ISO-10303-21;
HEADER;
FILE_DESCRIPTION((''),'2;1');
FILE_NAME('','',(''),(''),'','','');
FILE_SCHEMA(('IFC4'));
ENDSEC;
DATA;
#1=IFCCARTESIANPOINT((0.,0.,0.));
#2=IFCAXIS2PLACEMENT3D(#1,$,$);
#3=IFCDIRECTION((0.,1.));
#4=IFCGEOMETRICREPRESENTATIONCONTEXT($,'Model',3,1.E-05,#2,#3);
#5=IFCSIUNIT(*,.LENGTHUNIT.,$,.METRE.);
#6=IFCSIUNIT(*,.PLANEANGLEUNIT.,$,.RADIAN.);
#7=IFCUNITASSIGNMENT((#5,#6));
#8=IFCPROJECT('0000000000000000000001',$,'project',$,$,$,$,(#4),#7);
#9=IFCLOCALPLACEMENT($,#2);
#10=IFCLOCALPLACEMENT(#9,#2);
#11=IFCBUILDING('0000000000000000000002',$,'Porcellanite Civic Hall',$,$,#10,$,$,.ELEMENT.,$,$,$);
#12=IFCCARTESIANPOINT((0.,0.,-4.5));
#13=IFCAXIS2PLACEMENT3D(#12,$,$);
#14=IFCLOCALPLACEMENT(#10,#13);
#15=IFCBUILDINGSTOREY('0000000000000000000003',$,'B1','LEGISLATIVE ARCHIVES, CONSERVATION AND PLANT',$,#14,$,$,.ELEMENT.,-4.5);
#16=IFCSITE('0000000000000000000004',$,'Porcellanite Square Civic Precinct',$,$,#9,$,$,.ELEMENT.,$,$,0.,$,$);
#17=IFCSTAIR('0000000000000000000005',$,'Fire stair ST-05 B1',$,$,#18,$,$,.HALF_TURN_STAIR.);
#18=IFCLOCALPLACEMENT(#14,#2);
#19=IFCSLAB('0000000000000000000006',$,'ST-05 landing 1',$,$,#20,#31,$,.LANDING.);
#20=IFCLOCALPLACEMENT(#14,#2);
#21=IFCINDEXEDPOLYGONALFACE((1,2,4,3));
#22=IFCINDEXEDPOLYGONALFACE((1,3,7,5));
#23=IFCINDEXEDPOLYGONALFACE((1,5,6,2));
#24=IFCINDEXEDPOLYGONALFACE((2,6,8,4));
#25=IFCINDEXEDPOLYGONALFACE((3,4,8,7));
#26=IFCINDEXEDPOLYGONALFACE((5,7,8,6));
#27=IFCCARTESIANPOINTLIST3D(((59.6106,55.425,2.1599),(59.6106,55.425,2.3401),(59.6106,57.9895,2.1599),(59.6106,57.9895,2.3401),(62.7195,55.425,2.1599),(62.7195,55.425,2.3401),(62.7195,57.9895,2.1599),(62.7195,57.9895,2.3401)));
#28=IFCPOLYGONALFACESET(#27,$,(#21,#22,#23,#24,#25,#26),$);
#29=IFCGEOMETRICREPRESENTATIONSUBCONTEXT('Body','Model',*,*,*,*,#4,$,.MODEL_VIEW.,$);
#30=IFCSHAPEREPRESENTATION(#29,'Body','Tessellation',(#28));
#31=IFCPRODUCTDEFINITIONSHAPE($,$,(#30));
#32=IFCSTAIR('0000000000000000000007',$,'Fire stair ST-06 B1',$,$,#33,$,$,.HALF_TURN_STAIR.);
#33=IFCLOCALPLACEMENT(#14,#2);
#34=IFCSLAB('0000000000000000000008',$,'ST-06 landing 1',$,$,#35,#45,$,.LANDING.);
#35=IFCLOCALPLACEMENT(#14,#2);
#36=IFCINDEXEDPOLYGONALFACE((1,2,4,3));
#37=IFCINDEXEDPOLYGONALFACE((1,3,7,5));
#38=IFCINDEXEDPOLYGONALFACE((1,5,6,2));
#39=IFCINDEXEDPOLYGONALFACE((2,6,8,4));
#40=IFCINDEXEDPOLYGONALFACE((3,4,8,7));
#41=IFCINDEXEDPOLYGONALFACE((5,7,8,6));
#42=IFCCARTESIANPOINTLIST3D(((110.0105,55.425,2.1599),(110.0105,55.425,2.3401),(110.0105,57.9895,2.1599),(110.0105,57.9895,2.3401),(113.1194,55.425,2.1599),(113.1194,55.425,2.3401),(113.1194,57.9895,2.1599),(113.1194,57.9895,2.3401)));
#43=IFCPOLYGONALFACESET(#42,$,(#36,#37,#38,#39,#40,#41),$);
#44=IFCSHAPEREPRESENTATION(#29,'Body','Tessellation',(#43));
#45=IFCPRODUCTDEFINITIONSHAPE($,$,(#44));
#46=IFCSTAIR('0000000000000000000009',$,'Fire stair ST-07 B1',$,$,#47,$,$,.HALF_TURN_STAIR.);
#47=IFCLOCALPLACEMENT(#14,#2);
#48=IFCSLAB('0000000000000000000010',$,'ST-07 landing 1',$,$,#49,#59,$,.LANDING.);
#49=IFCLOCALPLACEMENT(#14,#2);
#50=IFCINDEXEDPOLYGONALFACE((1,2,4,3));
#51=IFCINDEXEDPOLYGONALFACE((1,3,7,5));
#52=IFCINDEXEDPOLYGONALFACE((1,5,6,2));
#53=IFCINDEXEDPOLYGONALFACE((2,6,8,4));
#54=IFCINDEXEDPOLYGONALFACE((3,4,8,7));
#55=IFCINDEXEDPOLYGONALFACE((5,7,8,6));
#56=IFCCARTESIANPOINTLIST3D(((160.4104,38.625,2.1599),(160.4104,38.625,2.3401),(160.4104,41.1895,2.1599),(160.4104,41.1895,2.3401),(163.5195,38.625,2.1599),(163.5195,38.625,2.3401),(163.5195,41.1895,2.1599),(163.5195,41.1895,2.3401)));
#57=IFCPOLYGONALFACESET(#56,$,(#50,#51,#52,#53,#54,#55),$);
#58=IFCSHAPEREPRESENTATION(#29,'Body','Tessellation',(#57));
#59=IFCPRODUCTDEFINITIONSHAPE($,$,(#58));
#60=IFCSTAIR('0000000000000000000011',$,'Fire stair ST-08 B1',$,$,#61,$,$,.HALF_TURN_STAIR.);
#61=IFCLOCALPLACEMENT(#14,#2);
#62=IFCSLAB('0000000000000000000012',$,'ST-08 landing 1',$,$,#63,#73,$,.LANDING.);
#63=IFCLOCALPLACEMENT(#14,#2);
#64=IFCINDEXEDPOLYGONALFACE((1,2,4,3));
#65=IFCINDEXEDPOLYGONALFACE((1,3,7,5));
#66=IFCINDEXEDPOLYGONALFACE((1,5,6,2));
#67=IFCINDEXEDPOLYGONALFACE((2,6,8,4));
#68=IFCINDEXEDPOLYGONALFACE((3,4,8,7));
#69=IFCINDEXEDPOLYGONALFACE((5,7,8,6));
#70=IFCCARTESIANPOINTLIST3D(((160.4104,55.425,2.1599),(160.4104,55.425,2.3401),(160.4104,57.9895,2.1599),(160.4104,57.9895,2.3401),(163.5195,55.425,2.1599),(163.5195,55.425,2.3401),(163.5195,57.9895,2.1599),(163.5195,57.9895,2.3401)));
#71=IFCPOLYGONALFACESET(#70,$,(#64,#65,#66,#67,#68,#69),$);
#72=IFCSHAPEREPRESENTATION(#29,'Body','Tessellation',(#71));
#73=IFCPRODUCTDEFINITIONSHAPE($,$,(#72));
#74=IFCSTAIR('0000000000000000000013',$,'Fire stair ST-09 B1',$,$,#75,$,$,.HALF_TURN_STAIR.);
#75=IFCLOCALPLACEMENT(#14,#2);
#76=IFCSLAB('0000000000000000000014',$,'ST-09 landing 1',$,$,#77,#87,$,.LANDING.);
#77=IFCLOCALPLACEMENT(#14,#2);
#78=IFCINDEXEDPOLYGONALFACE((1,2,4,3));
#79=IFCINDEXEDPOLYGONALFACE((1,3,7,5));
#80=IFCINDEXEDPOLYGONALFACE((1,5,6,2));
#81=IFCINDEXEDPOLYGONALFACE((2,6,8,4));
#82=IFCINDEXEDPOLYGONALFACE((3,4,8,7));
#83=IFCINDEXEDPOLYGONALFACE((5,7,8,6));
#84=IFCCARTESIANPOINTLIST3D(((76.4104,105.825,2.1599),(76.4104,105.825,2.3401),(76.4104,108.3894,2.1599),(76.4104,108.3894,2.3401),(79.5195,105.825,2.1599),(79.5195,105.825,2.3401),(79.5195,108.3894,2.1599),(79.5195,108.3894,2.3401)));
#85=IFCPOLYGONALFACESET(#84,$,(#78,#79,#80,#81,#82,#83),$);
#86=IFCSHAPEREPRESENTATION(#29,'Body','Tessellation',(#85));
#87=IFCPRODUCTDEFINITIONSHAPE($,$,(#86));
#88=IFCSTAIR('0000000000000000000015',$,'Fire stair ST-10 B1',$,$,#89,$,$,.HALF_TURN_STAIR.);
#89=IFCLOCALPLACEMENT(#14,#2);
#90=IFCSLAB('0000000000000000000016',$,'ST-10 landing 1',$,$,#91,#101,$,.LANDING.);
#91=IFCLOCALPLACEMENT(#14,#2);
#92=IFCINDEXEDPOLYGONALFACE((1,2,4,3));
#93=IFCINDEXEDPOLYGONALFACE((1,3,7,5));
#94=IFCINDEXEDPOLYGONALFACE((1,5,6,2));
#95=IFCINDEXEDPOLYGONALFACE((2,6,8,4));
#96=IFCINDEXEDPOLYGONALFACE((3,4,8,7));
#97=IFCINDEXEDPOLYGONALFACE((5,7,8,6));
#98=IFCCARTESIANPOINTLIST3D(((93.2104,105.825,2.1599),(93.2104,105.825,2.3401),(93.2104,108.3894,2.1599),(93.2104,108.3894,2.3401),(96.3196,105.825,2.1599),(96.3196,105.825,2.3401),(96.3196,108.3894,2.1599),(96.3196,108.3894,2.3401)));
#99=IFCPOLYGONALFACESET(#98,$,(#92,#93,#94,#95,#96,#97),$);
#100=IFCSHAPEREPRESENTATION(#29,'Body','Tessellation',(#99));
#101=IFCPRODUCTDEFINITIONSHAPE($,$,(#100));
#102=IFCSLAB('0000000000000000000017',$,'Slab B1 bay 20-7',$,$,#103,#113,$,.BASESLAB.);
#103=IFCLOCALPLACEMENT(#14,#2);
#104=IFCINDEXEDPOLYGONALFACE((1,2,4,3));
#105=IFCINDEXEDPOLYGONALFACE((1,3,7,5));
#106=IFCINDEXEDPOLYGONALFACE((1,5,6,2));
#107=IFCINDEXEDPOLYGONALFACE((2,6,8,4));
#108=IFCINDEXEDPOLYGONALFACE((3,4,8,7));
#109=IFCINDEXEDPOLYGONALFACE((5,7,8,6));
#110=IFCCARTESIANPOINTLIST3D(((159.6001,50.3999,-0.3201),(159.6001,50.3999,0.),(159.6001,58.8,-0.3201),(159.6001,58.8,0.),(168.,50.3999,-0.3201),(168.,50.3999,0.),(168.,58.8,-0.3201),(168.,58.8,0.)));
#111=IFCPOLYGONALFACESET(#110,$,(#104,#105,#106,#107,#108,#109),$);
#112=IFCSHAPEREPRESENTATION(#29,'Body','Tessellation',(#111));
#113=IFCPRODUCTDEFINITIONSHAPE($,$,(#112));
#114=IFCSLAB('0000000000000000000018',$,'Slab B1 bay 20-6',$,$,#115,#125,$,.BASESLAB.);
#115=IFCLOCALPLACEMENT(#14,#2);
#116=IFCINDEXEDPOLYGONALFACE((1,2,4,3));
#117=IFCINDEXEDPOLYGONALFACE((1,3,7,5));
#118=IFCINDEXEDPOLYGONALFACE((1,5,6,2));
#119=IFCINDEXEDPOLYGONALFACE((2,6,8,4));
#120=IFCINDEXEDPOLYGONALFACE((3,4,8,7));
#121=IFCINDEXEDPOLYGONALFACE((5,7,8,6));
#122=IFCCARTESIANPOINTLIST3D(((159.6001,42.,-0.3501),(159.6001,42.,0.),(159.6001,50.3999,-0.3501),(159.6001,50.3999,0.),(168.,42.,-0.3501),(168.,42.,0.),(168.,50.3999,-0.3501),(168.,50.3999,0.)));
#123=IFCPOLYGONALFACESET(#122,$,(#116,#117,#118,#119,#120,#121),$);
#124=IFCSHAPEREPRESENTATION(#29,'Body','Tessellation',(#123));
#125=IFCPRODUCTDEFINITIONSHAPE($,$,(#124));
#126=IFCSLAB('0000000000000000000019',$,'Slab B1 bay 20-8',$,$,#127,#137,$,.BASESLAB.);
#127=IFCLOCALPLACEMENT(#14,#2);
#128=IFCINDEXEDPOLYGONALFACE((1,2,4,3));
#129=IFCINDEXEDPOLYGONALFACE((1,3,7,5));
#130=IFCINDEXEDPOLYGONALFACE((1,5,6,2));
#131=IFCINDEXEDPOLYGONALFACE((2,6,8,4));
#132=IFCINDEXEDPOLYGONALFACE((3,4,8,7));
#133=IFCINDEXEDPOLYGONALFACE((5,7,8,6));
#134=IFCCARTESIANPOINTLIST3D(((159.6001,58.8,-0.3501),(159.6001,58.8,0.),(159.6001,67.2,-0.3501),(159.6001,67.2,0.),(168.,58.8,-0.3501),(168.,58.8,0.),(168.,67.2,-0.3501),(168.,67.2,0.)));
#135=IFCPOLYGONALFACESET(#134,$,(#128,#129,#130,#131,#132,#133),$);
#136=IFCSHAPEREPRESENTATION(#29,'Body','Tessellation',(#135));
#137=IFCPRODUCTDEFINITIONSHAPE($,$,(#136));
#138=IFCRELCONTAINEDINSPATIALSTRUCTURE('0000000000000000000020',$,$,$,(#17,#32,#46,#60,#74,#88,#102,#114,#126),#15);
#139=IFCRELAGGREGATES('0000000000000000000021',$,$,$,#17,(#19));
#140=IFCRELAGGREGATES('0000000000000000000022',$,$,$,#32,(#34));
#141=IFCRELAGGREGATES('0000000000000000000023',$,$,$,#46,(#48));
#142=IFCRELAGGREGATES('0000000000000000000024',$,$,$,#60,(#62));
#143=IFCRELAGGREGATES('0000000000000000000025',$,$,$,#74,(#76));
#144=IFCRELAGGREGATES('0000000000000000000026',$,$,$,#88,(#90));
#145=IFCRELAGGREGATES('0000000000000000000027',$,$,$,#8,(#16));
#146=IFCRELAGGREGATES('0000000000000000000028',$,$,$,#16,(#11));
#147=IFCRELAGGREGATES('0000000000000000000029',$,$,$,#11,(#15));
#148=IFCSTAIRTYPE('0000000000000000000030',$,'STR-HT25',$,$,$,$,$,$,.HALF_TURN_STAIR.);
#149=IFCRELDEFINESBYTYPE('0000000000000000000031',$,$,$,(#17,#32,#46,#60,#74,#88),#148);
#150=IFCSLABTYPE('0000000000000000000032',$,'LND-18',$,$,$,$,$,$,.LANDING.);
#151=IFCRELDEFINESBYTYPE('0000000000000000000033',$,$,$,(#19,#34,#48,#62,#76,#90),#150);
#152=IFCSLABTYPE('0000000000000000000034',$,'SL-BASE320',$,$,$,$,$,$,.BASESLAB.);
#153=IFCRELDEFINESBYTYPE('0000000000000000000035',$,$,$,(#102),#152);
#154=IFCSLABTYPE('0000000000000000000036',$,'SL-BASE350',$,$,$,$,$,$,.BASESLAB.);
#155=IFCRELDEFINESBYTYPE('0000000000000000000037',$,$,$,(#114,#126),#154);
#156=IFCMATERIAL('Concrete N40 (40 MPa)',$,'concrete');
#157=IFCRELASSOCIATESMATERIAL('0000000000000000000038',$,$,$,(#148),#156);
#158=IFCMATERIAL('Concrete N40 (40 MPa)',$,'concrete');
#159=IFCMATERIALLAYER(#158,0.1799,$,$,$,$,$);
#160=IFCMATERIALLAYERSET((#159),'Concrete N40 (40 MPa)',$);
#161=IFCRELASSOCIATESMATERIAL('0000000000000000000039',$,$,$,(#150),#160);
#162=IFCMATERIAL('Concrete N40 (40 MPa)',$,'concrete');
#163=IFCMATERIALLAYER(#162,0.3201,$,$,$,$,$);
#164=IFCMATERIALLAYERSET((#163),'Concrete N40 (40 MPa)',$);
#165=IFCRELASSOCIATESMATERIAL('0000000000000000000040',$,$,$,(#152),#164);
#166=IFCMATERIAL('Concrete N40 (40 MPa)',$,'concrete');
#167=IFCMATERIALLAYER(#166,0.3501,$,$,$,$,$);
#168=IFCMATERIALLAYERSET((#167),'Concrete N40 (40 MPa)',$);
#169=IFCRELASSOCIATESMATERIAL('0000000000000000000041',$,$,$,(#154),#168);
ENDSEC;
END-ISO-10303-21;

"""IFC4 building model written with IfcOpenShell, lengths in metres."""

from ifc_helpers import new_model, si_unit, direction, frame, origin, place, context, subcontext, project, spatial, polyline, outline, extrude, material, layer, layer_set, type_object, element, aggregate, save


model = new_model("IFC4")

# Units and contexts
model_context = context("Model", 3, precision=1e-05, world=origin(), true_north=direction((0.0, 1.0)))
body_context = subcontext(model_context, "Body", "Model", "MODEL_VIEW")
ifc_project = project(units=[si_unit("LENGTHUNIT", "METRE"), si_unit("PLANEANGLEUNIT", "RADIAN")], contexts=[model_context])

# Site, building, storey
site_placement = place(None, origin())
site = spatial("IfcSite", under=ifc_project, at=site_placement, Name="Porcellanite Square Civic Precinct", CompositionType="ELEMENT", RefElevation=0.0)
building_placement = place(site_placement, origin())
building = spatial("IfcBuilding", under=site, at=building_placement, Name="Porcellanite Civic Hall", CompositionType="ELEMENT")
storey_placement = place(building_placement, frame((0.0, 0.0, -4.5)))
storey = spatial("IfcBuildingStorey", under=building, at=storey_placement, Name="B1", Description="LEGISLATIVE ARCHIVES, CONSERVATION AND PLANT", CompositionType="ELEMENT", Elevation=-4.5)

# Stairs, slabs
ifc_material_1 = material(Name="Concrete N40 (40 MPa)", Category="concrete")
stair_type = type_object("IfcStairType", Name="STR-HT25", PredefinedType="HALF_TURN_STAIR", material=ifc_material_1)
ifc_material_2 = material(Name="Concrete N40 (40 MPa)", Category="concrete")
ifc_layer_1 = layer(ifc_material_2, 0.1799)
ifc_layer_set_1 = layer_set([ifc_layer_1], Name="Concrete N40 (40 MPa)")
slab_type_1 = type_object("IfcSlabType", Name="LND-18", PredefinedType="LANDING", material=ifc_layer_set_1)
stair_1_placement = place(storey_placement, origin())
stair_1 = element("IfcStair", 1, at=stair_1_placement, inside=storey, type_object=stair_type, Name="Fire stair ST-05 B1", PredefinedType="HALF_TURN_STAIR")
slab_1_placement = place(storey_placement, frame((0.0, 0.0, 2.1599)))
slab_1 = element("IfcSlab", 2, at=slab_1_placement, type_object=slab_type_1, Name="ST-05 landing 1", PredefinedType="LANDING", context=body_context, shape_type="SweptSolid", body=[
    extrude(outline(polyline([(59.6106, 55.425), (62.7195, 55.425), (62.7195, 57.9895), (59.6106, 57.9895), (59.6106, 55.425)])), origin(), (0.0, 0.0, 1.0), 0.1802),
])
aggregate(stair_1, [slab_1])
stair_2_placement = place(storey_placement, origin())
stair_2 = element("IfcStair", 3, at=stair_2_placement, inside=storey, type_object=stair_type, Name="Fire stair ST-06 B1", PredefinedType="HALF_TURN_STAIR")
slab_2_placement = place(storey_placement, frame((0.0, 0.0, 2.1599)))
slab_2 = element("IfcSlab", 4, at=slab_2_placement, type_object=slab_type_1, Name="ST-06 landing 1", PredefinedType="LANDING", context=body_context, shape_type="SweptSolid", body=[
    extrude(outline(polyline([(110.0105, 55.425), (113.1194, 55.425), (113.1194, 57.9895), (110.0105, 57.9895), (110.0105, 55.425)])), origin(), (0.0, 0.0, 1.0), 0.1802),
])
aggregate(stair_2, [slab_2])
stair_3_placement = place(storey_placement, origin())
stair_3 = element("IfcStair", 5, at=stair_3_placement, inside=storey, type_object=stair_type, Name="Fire stair ST-07 B1", PredefinedType="HALF_TURN_STAIR")
slab_3_placement = place(storey_placement, frame((0.0, 0.0, 2.1599)))
slab_3 = element("IfcSlab", 6, at=slab_3_placement, type_object=slab_type_1, Name="ST-07 landing 1", PredefinedType="LANDING", context=body_context, shape_type="SweptSolid", body=[
    extrude(outline(polyline([(160.4104, 38.625), (163.5195, 38.625), (163.5195, 41.1895), (160.4104, 41.1895), (160.4104, 38.625)])), origin(), (0.0, 0.0, 1.0), 0.1802),
])
aggregate(stair_3, [slab_3])
stair_4_placement = place(storey_placement, origin())
stair_4 = element("IfcStair", 7, at=stair_4_placement, inside=storey, type_object=stair_type, Name="Fire stair ST-08 B1", PredefinedType="HALF_TURN_STAIR")
slab_4_placement = place(storey_placement, frame((0.0, 0.0, 2.1599)))
slab_4 = element("IfcSlab", 8, at=slab_4_placement, type_object=slab_type_1, Name="ST-08 landing 1", PredefinedType="LANDING", context=body_context, shape_type="SweptSolid", body=[
    extrude(outline(polyline([(160.4104, 55.425), (163.5195, 55.425), (163.5195, 57.9895), (160.4104, 57.9895), (160.4104, 55.425)])), origin(), (0.0, 0.0, 1.0), 0.1802),
])
aggregate(stair_4, [slab_4])
stair_5_placement = place(storey_placement, origin())
stair_5 = element("IfcStair", 9, at=stair_5_placement, inside=storey, type_object=stair_type, Name="Fire stair ST-09 B1", PredefinedType="HALF_TURN_STAIR")
slab_5_placement = place(storey_placement, frame((0.0, 0.0, 2.1599)))
slab_5 = element("IfcSlab", 10, at=slab_5_placement, type_object=slab_type_1, Name="ST-09 landing 1", PredefinedType="LANDING", context=body_context, shape_type="SweptSolid", body=[
    extrude(outline(polyline([(76.4104, 105.825), (79.5195, 105.825), (79.5195, 108.3894), (76.4104, 108.3894), (76.4104, 105.825)])), origin(), (0.0, 0.0, 1.0), 0.1802),
])
aggregate(stair_5, [slab_5])
stair_6_placement = place(storey_placement, origin())
stair_6 = element("IfcStair", 11, at=stair_6_placement, inside=storey, type_object=stair_type, Name="Fire stair ST-10 B1", PredefinedType="HALF_TURN_STAIR")
slab_6_placement = place(storey_placement, frame((0.0, 0.0, 2.1599)))
slab_6 = element("IfcSlab", 12, at=slab_6_placement, type_object=slab_type_1, Name="ST-10 landing 1", PredefinedType="LANDING", context=body_context, shape_type="SweptSolid", body=[
    extrude(outline(polyline([(93.2104, 105.825), (96.3196, 105.825), (96.3196, 108.3894), (93.2104, 108.3894), (93.2104, 105.825)])), origin(), (0.0, 0.0, 1.0), 0.1802),
])
aggregate(stair_6, [slab_6])

# Slabs
ifc_material_3 = material(Name="Concrete N40 (40 MPa)", Category="concrete")
ifc_layer_2 = layer(ifc_material_3, 0.3201)
ifc_layer_set_2 = layer_set([ifc_layer_2], Name="Concrete N40 (40 MPa)")
slab_type_2 = type_object("IfcSlabType", Name="SL-BASE320", PredefinedType="BASESLAB", material=ifc_layer_set_2)
slab_7_placement = place(storey_placement, frame((0.0, 0.0, -0.3201)))
element("IfcSlab", 13, at=slab_7_placement, inside=storey, type_object=slab_type_2, Name="Slab B1 bay 20-7", PredefinedType="BASESLAB", context=body_context, shape_type="SweptSolid", body=[
    extrude(outline(polyline([(159.6001, 50.3999), (168.0, 50.3999), (168.0, 58.8), (159.6001, 58.8), (159.6001, 50.3999)])), origin(), (0.0, 0.0, 1.0), 0.3201),
])
ifc_material_4 = material(Name="Concrete N40 (40 MPa)", Category="concrete")
ifc_layer_3 = layer(ifc_material_4, 0.3501)
ifc_layer_set_3 = layer_set([ifc_layer_3], Name="Concrete N40 (40 MPa)")
slab_type_3 = type_object("IfcSlabType", Name="SL-BASE350", PredefinedType="BASESLAB", material=ifc_layer_set_3)
slab_8_placement = place(storey_placement, frame((0.0, 0.0, -0.3501)))
element("IfcSlab", 14, at=slab_8_placement, inside=storey, type_object=slab_type_3, Name="Slab B1 bay 20-6", PredefinedType="BASESLAB", context=body_context, shape_type="SweptSolid", body=[
    extrude(outline(polyline([(159.6001, 42.0), (168.0, 42.0), (168.0, 50.3999), (159.6001, 50.3999), (159.6001, 42.0)])), origin(), (0.0, 0.0, 1.0), 0.3501),
])
slab_9_placement = place(storey_placement, frame((0.0, 0.0, -0.3501)))
element("IfcSlab", 15, at=slab_9_placement, inside=storey, type_object=slab_type_3, Name="Slab B1 bay 20-8", PredefinedType="BASESLAB", context=body_context, shape_type="SweptSolid", body=[
    extrude(outline(polyline([(159.6001, 58.8), (168.0, 58.8), (168.0, 67.2), (159.6001, 67.2), (159.6001, 58.8)])), origin(), (0.0, 0.0, 1.0), 0.3501),
])

save(model, "model.ifc")
